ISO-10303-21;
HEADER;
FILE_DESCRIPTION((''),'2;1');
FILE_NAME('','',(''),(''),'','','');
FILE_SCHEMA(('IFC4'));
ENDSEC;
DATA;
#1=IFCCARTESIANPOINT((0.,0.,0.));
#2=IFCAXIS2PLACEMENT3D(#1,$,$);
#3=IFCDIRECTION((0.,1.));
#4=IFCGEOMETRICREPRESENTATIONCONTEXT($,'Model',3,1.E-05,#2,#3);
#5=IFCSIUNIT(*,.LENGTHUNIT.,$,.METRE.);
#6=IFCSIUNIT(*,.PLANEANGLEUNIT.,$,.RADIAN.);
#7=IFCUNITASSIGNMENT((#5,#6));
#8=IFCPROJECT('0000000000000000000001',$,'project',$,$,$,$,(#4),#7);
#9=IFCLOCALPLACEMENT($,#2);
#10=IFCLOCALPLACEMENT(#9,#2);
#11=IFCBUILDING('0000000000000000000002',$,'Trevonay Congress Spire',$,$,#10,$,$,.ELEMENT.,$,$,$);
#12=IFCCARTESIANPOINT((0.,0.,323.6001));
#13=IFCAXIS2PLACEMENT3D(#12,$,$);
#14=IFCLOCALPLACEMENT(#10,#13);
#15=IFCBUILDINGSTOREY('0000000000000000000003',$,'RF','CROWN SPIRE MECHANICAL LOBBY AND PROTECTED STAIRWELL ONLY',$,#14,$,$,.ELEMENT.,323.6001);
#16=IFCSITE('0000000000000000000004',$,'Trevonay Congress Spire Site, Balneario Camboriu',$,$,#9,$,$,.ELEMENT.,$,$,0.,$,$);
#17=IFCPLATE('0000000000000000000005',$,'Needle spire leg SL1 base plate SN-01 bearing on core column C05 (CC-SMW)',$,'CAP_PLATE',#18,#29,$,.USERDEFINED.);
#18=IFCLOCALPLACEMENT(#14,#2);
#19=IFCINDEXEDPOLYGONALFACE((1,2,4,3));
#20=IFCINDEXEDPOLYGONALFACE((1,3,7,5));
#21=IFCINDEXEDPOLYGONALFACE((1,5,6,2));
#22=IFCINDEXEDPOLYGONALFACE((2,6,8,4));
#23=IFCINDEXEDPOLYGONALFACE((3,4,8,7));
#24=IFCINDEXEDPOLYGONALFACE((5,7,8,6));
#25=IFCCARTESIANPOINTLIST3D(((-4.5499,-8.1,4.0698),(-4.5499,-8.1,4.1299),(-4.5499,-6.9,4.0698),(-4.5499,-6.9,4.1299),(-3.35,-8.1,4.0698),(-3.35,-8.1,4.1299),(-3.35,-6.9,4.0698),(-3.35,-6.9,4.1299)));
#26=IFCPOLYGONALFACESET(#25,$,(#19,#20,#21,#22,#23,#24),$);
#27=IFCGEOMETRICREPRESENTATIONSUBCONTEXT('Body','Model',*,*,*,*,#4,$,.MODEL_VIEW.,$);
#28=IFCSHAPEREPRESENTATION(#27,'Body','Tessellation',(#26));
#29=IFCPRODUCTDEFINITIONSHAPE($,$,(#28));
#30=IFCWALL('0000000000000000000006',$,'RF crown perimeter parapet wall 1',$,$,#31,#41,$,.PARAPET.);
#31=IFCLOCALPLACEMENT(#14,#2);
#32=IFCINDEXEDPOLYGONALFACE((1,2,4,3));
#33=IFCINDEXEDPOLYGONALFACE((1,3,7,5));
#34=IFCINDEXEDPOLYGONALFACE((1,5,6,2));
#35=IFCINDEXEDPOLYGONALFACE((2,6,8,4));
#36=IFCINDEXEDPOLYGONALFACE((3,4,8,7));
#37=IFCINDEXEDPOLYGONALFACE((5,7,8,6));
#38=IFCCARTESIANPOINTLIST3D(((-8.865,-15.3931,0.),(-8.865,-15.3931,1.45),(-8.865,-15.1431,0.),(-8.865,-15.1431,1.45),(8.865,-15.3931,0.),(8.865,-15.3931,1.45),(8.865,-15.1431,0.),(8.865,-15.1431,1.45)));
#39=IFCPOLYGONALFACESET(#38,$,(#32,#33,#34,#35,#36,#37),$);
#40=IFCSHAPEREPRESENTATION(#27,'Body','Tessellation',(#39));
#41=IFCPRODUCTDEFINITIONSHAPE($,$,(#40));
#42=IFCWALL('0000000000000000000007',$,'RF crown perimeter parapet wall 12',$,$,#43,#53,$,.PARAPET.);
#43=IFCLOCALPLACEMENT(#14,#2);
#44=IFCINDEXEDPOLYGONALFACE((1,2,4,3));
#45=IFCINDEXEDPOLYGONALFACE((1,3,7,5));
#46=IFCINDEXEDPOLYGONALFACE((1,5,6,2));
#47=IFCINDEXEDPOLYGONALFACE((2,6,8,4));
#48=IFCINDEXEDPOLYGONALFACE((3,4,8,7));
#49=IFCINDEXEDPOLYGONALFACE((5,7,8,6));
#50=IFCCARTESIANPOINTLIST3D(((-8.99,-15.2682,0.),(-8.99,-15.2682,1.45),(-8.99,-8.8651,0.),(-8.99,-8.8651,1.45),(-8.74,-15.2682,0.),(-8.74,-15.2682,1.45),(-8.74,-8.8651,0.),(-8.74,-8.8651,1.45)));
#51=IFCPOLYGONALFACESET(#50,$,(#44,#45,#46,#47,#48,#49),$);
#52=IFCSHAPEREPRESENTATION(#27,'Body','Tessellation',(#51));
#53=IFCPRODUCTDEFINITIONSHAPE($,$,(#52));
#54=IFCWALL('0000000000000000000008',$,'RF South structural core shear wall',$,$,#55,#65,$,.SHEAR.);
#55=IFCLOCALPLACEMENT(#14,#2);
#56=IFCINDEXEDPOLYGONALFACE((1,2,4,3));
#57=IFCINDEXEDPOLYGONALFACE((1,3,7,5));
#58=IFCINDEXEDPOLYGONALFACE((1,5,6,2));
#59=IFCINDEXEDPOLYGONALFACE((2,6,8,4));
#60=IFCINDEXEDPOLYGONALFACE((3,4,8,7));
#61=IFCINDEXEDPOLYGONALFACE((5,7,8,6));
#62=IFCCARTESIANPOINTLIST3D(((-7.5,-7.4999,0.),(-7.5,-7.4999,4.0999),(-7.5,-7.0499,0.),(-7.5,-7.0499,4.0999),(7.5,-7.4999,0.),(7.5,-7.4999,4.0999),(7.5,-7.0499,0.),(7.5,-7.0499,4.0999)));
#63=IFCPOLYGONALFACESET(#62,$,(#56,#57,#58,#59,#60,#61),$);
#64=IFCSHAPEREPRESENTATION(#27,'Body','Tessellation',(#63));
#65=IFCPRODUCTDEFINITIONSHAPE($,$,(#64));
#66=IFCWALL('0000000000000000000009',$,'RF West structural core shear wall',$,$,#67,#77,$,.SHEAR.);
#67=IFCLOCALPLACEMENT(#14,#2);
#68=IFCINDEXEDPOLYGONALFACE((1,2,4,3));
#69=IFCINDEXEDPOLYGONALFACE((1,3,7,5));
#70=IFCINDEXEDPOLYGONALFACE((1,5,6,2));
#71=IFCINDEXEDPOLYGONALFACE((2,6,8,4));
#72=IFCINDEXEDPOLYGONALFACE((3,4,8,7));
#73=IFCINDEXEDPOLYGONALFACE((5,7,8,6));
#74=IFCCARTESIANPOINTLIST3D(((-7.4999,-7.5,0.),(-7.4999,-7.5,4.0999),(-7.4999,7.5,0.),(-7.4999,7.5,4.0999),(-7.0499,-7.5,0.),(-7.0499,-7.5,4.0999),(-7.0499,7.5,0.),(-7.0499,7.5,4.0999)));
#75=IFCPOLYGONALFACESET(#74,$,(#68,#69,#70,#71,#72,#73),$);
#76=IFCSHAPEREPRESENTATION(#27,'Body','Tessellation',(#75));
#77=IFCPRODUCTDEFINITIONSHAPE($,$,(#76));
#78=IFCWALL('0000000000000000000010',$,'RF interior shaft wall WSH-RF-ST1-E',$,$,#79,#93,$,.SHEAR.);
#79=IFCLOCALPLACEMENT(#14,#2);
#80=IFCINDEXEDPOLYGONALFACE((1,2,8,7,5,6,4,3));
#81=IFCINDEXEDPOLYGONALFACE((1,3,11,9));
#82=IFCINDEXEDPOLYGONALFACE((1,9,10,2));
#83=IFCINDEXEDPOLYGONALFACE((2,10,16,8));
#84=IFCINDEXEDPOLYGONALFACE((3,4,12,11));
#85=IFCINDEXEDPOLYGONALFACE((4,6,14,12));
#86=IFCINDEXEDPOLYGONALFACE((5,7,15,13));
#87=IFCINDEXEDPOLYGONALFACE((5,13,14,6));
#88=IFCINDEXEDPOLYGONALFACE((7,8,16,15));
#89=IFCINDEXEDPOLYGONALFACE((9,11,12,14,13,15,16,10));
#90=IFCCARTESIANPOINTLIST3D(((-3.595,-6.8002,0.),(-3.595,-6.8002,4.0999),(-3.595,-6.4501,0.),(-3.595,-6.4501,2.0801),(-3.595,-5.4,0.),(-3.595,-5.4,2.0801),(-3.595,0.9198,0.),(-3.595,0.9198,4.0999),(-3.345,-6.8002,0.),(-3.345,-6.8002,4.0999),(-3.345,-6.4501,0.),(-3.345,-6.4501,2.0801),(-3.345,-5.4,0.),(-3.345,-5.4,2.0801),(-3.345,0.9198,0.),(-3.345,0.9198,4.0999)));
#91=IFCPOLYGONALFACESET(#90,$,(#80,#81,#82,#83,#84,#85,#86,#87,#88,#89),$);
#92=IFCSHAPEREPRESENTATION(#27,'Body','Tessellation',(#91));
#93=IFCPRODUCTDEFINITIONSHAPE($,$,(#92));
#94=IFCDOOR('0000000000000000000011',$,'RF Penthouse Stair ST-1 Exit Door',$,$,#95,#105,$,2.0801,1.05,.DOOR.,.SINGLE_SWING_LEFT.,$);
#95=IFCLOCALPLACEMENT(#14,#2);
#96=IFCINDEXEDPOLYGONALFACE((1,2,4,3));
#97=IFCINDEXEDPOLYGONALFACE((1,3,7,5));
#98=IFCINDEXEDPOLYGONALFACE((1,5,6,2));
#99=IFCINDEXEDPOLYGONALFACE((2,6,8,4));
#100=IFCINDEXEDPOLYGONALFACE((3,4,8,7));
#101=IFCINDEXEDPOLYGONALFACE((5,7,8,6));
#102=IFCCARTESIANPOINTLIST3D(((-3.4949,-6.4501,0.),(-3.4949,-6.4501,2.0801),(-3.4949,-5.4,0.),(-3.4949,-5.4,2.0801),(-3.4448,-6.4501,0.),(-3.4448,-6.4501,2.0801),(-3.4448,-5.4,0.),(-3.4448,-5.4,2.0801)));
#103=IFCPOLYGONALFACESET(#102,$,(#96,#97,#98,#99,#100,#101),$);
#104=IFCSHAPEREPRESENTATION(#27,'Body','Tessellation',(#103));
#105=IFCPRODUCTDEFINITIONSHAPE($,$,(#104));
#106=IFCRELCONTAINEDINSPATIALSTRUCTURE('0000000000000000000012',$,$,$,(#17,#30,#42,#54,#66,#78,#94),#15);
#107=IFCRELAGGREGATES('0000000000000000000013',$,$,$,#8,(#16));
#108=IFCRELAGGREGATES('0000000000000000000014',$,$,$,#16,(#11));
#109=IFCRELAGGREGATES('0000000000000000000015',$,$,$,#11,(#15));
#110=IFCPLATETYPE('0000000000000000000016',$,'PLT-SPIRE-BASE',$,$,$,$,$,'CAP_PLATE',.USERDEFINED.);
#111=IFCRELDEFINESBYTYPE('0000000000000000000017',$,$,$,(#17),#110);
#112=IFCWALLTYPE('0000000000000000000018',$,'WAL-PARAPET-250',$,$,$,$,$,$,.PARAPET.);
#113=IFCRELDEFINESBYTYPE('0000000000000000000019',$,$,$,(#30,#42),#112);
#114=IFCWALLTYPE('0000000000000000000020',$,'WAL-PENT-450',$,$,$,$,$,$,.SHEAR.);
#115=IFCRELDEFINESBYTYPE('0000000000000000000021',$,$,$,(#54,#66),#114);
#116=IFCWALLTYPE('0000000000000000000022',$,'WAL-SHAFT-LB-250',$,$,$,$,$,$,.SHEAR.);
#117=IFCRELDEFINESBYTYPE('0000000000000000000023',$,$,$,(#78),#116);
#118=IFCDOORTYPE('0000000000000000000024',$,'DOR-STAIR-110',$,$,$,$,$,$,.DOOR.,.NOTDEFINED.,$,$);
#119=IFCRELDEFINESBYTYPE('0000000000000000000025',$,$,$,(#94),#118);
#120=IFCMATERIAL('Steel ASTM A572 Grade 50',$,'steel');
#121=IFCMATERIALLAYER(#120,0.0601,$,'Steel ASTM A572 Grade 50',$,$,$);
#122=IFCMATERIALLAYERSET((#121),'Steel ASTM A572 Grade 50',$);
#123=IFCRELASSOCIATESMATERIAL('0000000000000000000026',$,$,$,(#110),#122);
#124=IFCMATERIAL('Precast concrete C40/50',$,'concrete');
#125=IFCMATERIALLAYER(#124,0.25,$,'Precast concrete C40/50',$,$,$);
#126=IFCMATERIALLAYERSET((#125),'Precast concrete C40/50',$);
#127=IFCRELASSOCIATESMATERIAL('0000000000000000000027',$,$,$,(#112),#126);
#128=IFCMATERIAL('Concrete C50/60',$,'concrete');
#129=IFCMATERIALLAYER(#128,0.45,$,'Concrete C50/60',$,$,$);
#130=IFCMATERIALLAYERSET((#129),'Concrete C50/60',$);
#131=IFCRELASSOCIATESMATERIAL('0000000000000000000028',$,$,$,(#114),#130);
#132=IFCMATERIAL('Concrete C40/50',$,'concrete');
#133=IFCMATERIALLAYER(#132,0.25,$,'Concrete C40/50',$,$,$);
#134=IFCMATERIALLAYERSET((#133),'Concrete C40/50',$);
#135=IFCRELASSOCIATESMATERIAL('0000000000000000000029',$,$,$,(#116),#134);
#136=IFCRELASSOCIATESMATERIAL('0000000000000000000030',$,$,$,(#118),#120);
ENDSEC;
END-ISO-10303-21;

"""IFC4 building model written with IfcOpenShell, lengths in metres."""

from ifc_helpers import new_model, si_unit, direction, frame, frame_2d, origin, origin_2d, place, context, subcontext, project, spatial, rectangle, extrude, material, layer, layer_set, type_object, element, fill, save


model = new_model("IFC4")

# Units and contexts
model_context = context("Model", 3, precision=1e-05, world=origin(), true_north=direction((0.0, 1.0)))
body_context = subcontext(model_context, "Body", "Model", "MODEL_VIEW")
ifc_project = project(units=[si_unit("LENGTHUNIT", "METRE"), si_unit("PLANEANGLEUNIT", "RADIAN")], contexts=[model_context])

# Site, building, storey
site_placement = place(None, origin())
site = spatial("IfcSite", under=ifc_project, at=site_placement, Name="Trevonay Congress Spire Site, Balneario Camboriu", CompositionType="ELEMENT", RefElevation=0.0)
building_placement = place(site_placement, origin())
building = spatial("IfcBuilding", under=site, at=building_placement, Name="Trevonay Congress Spire", CompositionType="ELEMENT")
storey_placement = place(building_placement, frame((0.0, 0.0, 323.6001)))
storey = spatial("IfcBuildingStorey", under=building, at=storey_placement, Name="RF", Description="CROWN SPIRE MECHANICAL LOBBY AND PROTECTED STAIRWELL ONLY", CompositionType="ELEMENT", Elevation=323.6001)

# Shared definitions
ifc_material_1 = material(Name="Steel ASTM A572 Grade 50", Category="steel")

# Plate
ifc_layer_1 = layer(ifc_material_1, 0.0601, Name="Steel ASTM A572 Grade 50")
ifc_layer_set_1 = layer_set([ifc_layer_1], Name="Steel ASTM A572 Grade 50")
plate_type_1 = type_object("IfcPlateType", Name="PLT-SPIRE-BASE", ElementType="CAP_PLATE", PredefinedType="USERDEFINED", material=ifc_layer_set_1)
plate_placement = place(storey_placement, frame((-3.95, -7.5, 4.0698), z_axis=(0.0, 0.0, 1.0), x_axis=(1.0, 0.0, 0.0)))
element("IfcPlate", 1, at=plate_placement, inside=storey, type_object=plate_type_1, Name="Needle spire leg SL1 base plate SN-01 bearing on core column C05 (CC-SMW)", ObjectType="CAP_PLATE", PredefinedType="USERDEFINED", context=body_context, shape_type="SweptSolid", body=[
    extrude(rectangle(XDim=1.2, YDim=1.2, at=origin_2d()), origin(), (0.0, 0.0, 1.0), 0.0601),
])

# Walls
ifc_material_2 = material(Name="Precast concrete C40/50", Category="concrete")
ifc_layer_2 = layer(ifc_material_2, 0.25, Name="Precast concrete C40/50")
ifc_layer_set_2 = layer_set([ifc_layer_2], Name="Precast concrete C40/50")
wall_type_1 = type_object("IfcWallType", Name="WAL-PARAPET-250", PredefinedType="PARAPET", material=ifc_layer_set_2)
wall_1_placement = place(storey_placement, frame((-8.865, -15.2681, 0.0), z_axis=(0.0, 0.0, 1.0), x_axis=(1.0, 0.0, 0.0)))
element("IfcWall", 2, at=wall_1_placement, inside=storey, type_object=wall_type_1, Name="RF crown perimeter parapet wall 1", PredefinedType="PARAPET", context=body_context, shape_type="SweptSolid", body=[
    extrude(rectangle(XDim=17.73, YDim=0.25, at=frame_2d((8.865, 0.0))), origin(), (0.0, 0.0, 1.0), 1.45),
])
for number, where, z_axis, x_axis, name in (
    (3, (-8.865, -8.865, 0.0), (0.0, 0.0, 1.0), (0.0, -1.0, 0.0), "RF crown perimeter parapet wall 12"),
):
    element("IfcWall", number, at=place(storey_placement, frame(where, z_axis=z_axis, x_axis=x_axis)), inside=storey, type_object=wall_type_1, Name=name, PredefinedType="PARAPET", context=body_context, shape_type="SweptSolid", body=[
        extrude(rectangle(XDim=6.4031, YDim=0.25, at=frame_2d((3.2017, 0.0))), origin(), (0.0, 0.0, 1.0), 1.45),
    ])
ifc_material_3 = material(Name="Concrete C50/60", Category="concrete")
ifc_layer_3 = layer(ifc_material_3, 0.45, Name="Concrete C50/60")
ifc_layer_set_3 = layer_set([ifc_layer_3], Name="Concrete C50/60")
wall_type_2 = type_object("IfcWallType", Name="WAL-PENT-450", PredefinedType="SHEAR", material=ifc_layer_set_3)
for number, where, z_axis, x_axis, name in (
    (4, (-7.5, -7.2749, 0.0), (0.0, 0.0, 1.0), (1.0, 0.0, 0.0), "RF South structural core shear wall"),
    (5, (-7.2749, -7.5, 0.0), (0.0, 0.0, 1.0), (0.0, 1.0, 0.0), "RF West structural core shear wall"),
):
    element("IfcWall", number, at=place(storey_placement, frame(where, z_axis=z_axis, x_axis=x_axis)), inside=storey, type_object=wall_type_2, Name=name, PredefinedType="SHEAR", context=body_context, shape_type="SweptSolid", body=[
        extrude(rectangle(XDim=15.0, YDim=0.45, at=frame_2d((7.5, 0.0))), origin(), (0.0, 0.0, 1.0), 4.0999),
    ])

# Wall, opening, door
ifc_material_4 = material(Name="Concrete C40/50", Category="concrete")
ifc_layer_4 = layer(ifc_material_4, 0.25, Name="Concrete C40/50")
ifc_layer_set_4 = layer_set([ifc_layer_4], Name="Concrete C40/50")
wall_type_3 = type_object("IfcWallType", Name="WAL-SHAFT-LB-250", PredefinedType="SHEAR", material=ifc_layer_set_4)
wall_2_placement = place(storey_placement, frame((-3.47, -6.8, 0.0), z_axis=(0.0, 0.0, 1.0), x_axis=(0.0, 1.0, 0.0)))
wall_2 = element("IfcWall", 6, at=wall_2_placement, inside=storey, type_object=wall_type_3, Name="RF interior shaft wall WSH-RF-ST1-E", PredefinedType="SHEAR", context=body_context, shape_type="SweptSolid", body=[
    extrude(rectangle(XDim=7.72, YDim=0.25, at=frame_2d((3.8599, 0.0))), origin(), (0.0, 0.0, 1.0), 4.0999),
])
opening_placement = place(wall_2_placement, frame((0.3501, 0.0, 0.0)))
opening = element("IfcOpeningElement", 7, at=opening_placement, cuts=wall_2, PredefinedType="OPENING", context=body_context, shape_type="SweptSolid", body=[
    extrude(rectangle(XDim=1.05, YDim=2.0801, at=frame_2d((0.5249, 1.04))), frame((0.0, 0.135, 0.0), z_axis=(0.0, -1.0, 0.0), x_axis=(1.0, 0.0, 0.0)), (0.0, 0.0, 1.0), 0.27),
])
door_type = type_object("IfcDoorType", Name="DOR-STAIR-110", OperationType="NOTDEFINED", PredefinedType="DOOR", material=ifc_material_1)
door_placement = place(opening_placement, origin())
door = element("IfcDoor", 8, at=door_placement, inside=storey, type_object=door_type, Name="RF Penthouse Stair ST-1 Exit Door", OperationType="SINGLE_SWING_LEFT", OverallHeight=2.0801, OverallWidth=1.05, PredefinedType="DOOR", context=body_context, shape_type="SweptSolid", body=[
    extrude(rectangle(XDim=1.05, YDim=2.0801, at=frame_2d((0.5249, 1.04))), frame((0.0, 0.0249, 0.0), z_axis=(0.0, -1.0, 0.0), x_axis=(1.0, 0.0, 0.0)), (0.0, 0.0, 1.0), 0.05),
])
fill(opening, door)

save(model, "model.ifc")
